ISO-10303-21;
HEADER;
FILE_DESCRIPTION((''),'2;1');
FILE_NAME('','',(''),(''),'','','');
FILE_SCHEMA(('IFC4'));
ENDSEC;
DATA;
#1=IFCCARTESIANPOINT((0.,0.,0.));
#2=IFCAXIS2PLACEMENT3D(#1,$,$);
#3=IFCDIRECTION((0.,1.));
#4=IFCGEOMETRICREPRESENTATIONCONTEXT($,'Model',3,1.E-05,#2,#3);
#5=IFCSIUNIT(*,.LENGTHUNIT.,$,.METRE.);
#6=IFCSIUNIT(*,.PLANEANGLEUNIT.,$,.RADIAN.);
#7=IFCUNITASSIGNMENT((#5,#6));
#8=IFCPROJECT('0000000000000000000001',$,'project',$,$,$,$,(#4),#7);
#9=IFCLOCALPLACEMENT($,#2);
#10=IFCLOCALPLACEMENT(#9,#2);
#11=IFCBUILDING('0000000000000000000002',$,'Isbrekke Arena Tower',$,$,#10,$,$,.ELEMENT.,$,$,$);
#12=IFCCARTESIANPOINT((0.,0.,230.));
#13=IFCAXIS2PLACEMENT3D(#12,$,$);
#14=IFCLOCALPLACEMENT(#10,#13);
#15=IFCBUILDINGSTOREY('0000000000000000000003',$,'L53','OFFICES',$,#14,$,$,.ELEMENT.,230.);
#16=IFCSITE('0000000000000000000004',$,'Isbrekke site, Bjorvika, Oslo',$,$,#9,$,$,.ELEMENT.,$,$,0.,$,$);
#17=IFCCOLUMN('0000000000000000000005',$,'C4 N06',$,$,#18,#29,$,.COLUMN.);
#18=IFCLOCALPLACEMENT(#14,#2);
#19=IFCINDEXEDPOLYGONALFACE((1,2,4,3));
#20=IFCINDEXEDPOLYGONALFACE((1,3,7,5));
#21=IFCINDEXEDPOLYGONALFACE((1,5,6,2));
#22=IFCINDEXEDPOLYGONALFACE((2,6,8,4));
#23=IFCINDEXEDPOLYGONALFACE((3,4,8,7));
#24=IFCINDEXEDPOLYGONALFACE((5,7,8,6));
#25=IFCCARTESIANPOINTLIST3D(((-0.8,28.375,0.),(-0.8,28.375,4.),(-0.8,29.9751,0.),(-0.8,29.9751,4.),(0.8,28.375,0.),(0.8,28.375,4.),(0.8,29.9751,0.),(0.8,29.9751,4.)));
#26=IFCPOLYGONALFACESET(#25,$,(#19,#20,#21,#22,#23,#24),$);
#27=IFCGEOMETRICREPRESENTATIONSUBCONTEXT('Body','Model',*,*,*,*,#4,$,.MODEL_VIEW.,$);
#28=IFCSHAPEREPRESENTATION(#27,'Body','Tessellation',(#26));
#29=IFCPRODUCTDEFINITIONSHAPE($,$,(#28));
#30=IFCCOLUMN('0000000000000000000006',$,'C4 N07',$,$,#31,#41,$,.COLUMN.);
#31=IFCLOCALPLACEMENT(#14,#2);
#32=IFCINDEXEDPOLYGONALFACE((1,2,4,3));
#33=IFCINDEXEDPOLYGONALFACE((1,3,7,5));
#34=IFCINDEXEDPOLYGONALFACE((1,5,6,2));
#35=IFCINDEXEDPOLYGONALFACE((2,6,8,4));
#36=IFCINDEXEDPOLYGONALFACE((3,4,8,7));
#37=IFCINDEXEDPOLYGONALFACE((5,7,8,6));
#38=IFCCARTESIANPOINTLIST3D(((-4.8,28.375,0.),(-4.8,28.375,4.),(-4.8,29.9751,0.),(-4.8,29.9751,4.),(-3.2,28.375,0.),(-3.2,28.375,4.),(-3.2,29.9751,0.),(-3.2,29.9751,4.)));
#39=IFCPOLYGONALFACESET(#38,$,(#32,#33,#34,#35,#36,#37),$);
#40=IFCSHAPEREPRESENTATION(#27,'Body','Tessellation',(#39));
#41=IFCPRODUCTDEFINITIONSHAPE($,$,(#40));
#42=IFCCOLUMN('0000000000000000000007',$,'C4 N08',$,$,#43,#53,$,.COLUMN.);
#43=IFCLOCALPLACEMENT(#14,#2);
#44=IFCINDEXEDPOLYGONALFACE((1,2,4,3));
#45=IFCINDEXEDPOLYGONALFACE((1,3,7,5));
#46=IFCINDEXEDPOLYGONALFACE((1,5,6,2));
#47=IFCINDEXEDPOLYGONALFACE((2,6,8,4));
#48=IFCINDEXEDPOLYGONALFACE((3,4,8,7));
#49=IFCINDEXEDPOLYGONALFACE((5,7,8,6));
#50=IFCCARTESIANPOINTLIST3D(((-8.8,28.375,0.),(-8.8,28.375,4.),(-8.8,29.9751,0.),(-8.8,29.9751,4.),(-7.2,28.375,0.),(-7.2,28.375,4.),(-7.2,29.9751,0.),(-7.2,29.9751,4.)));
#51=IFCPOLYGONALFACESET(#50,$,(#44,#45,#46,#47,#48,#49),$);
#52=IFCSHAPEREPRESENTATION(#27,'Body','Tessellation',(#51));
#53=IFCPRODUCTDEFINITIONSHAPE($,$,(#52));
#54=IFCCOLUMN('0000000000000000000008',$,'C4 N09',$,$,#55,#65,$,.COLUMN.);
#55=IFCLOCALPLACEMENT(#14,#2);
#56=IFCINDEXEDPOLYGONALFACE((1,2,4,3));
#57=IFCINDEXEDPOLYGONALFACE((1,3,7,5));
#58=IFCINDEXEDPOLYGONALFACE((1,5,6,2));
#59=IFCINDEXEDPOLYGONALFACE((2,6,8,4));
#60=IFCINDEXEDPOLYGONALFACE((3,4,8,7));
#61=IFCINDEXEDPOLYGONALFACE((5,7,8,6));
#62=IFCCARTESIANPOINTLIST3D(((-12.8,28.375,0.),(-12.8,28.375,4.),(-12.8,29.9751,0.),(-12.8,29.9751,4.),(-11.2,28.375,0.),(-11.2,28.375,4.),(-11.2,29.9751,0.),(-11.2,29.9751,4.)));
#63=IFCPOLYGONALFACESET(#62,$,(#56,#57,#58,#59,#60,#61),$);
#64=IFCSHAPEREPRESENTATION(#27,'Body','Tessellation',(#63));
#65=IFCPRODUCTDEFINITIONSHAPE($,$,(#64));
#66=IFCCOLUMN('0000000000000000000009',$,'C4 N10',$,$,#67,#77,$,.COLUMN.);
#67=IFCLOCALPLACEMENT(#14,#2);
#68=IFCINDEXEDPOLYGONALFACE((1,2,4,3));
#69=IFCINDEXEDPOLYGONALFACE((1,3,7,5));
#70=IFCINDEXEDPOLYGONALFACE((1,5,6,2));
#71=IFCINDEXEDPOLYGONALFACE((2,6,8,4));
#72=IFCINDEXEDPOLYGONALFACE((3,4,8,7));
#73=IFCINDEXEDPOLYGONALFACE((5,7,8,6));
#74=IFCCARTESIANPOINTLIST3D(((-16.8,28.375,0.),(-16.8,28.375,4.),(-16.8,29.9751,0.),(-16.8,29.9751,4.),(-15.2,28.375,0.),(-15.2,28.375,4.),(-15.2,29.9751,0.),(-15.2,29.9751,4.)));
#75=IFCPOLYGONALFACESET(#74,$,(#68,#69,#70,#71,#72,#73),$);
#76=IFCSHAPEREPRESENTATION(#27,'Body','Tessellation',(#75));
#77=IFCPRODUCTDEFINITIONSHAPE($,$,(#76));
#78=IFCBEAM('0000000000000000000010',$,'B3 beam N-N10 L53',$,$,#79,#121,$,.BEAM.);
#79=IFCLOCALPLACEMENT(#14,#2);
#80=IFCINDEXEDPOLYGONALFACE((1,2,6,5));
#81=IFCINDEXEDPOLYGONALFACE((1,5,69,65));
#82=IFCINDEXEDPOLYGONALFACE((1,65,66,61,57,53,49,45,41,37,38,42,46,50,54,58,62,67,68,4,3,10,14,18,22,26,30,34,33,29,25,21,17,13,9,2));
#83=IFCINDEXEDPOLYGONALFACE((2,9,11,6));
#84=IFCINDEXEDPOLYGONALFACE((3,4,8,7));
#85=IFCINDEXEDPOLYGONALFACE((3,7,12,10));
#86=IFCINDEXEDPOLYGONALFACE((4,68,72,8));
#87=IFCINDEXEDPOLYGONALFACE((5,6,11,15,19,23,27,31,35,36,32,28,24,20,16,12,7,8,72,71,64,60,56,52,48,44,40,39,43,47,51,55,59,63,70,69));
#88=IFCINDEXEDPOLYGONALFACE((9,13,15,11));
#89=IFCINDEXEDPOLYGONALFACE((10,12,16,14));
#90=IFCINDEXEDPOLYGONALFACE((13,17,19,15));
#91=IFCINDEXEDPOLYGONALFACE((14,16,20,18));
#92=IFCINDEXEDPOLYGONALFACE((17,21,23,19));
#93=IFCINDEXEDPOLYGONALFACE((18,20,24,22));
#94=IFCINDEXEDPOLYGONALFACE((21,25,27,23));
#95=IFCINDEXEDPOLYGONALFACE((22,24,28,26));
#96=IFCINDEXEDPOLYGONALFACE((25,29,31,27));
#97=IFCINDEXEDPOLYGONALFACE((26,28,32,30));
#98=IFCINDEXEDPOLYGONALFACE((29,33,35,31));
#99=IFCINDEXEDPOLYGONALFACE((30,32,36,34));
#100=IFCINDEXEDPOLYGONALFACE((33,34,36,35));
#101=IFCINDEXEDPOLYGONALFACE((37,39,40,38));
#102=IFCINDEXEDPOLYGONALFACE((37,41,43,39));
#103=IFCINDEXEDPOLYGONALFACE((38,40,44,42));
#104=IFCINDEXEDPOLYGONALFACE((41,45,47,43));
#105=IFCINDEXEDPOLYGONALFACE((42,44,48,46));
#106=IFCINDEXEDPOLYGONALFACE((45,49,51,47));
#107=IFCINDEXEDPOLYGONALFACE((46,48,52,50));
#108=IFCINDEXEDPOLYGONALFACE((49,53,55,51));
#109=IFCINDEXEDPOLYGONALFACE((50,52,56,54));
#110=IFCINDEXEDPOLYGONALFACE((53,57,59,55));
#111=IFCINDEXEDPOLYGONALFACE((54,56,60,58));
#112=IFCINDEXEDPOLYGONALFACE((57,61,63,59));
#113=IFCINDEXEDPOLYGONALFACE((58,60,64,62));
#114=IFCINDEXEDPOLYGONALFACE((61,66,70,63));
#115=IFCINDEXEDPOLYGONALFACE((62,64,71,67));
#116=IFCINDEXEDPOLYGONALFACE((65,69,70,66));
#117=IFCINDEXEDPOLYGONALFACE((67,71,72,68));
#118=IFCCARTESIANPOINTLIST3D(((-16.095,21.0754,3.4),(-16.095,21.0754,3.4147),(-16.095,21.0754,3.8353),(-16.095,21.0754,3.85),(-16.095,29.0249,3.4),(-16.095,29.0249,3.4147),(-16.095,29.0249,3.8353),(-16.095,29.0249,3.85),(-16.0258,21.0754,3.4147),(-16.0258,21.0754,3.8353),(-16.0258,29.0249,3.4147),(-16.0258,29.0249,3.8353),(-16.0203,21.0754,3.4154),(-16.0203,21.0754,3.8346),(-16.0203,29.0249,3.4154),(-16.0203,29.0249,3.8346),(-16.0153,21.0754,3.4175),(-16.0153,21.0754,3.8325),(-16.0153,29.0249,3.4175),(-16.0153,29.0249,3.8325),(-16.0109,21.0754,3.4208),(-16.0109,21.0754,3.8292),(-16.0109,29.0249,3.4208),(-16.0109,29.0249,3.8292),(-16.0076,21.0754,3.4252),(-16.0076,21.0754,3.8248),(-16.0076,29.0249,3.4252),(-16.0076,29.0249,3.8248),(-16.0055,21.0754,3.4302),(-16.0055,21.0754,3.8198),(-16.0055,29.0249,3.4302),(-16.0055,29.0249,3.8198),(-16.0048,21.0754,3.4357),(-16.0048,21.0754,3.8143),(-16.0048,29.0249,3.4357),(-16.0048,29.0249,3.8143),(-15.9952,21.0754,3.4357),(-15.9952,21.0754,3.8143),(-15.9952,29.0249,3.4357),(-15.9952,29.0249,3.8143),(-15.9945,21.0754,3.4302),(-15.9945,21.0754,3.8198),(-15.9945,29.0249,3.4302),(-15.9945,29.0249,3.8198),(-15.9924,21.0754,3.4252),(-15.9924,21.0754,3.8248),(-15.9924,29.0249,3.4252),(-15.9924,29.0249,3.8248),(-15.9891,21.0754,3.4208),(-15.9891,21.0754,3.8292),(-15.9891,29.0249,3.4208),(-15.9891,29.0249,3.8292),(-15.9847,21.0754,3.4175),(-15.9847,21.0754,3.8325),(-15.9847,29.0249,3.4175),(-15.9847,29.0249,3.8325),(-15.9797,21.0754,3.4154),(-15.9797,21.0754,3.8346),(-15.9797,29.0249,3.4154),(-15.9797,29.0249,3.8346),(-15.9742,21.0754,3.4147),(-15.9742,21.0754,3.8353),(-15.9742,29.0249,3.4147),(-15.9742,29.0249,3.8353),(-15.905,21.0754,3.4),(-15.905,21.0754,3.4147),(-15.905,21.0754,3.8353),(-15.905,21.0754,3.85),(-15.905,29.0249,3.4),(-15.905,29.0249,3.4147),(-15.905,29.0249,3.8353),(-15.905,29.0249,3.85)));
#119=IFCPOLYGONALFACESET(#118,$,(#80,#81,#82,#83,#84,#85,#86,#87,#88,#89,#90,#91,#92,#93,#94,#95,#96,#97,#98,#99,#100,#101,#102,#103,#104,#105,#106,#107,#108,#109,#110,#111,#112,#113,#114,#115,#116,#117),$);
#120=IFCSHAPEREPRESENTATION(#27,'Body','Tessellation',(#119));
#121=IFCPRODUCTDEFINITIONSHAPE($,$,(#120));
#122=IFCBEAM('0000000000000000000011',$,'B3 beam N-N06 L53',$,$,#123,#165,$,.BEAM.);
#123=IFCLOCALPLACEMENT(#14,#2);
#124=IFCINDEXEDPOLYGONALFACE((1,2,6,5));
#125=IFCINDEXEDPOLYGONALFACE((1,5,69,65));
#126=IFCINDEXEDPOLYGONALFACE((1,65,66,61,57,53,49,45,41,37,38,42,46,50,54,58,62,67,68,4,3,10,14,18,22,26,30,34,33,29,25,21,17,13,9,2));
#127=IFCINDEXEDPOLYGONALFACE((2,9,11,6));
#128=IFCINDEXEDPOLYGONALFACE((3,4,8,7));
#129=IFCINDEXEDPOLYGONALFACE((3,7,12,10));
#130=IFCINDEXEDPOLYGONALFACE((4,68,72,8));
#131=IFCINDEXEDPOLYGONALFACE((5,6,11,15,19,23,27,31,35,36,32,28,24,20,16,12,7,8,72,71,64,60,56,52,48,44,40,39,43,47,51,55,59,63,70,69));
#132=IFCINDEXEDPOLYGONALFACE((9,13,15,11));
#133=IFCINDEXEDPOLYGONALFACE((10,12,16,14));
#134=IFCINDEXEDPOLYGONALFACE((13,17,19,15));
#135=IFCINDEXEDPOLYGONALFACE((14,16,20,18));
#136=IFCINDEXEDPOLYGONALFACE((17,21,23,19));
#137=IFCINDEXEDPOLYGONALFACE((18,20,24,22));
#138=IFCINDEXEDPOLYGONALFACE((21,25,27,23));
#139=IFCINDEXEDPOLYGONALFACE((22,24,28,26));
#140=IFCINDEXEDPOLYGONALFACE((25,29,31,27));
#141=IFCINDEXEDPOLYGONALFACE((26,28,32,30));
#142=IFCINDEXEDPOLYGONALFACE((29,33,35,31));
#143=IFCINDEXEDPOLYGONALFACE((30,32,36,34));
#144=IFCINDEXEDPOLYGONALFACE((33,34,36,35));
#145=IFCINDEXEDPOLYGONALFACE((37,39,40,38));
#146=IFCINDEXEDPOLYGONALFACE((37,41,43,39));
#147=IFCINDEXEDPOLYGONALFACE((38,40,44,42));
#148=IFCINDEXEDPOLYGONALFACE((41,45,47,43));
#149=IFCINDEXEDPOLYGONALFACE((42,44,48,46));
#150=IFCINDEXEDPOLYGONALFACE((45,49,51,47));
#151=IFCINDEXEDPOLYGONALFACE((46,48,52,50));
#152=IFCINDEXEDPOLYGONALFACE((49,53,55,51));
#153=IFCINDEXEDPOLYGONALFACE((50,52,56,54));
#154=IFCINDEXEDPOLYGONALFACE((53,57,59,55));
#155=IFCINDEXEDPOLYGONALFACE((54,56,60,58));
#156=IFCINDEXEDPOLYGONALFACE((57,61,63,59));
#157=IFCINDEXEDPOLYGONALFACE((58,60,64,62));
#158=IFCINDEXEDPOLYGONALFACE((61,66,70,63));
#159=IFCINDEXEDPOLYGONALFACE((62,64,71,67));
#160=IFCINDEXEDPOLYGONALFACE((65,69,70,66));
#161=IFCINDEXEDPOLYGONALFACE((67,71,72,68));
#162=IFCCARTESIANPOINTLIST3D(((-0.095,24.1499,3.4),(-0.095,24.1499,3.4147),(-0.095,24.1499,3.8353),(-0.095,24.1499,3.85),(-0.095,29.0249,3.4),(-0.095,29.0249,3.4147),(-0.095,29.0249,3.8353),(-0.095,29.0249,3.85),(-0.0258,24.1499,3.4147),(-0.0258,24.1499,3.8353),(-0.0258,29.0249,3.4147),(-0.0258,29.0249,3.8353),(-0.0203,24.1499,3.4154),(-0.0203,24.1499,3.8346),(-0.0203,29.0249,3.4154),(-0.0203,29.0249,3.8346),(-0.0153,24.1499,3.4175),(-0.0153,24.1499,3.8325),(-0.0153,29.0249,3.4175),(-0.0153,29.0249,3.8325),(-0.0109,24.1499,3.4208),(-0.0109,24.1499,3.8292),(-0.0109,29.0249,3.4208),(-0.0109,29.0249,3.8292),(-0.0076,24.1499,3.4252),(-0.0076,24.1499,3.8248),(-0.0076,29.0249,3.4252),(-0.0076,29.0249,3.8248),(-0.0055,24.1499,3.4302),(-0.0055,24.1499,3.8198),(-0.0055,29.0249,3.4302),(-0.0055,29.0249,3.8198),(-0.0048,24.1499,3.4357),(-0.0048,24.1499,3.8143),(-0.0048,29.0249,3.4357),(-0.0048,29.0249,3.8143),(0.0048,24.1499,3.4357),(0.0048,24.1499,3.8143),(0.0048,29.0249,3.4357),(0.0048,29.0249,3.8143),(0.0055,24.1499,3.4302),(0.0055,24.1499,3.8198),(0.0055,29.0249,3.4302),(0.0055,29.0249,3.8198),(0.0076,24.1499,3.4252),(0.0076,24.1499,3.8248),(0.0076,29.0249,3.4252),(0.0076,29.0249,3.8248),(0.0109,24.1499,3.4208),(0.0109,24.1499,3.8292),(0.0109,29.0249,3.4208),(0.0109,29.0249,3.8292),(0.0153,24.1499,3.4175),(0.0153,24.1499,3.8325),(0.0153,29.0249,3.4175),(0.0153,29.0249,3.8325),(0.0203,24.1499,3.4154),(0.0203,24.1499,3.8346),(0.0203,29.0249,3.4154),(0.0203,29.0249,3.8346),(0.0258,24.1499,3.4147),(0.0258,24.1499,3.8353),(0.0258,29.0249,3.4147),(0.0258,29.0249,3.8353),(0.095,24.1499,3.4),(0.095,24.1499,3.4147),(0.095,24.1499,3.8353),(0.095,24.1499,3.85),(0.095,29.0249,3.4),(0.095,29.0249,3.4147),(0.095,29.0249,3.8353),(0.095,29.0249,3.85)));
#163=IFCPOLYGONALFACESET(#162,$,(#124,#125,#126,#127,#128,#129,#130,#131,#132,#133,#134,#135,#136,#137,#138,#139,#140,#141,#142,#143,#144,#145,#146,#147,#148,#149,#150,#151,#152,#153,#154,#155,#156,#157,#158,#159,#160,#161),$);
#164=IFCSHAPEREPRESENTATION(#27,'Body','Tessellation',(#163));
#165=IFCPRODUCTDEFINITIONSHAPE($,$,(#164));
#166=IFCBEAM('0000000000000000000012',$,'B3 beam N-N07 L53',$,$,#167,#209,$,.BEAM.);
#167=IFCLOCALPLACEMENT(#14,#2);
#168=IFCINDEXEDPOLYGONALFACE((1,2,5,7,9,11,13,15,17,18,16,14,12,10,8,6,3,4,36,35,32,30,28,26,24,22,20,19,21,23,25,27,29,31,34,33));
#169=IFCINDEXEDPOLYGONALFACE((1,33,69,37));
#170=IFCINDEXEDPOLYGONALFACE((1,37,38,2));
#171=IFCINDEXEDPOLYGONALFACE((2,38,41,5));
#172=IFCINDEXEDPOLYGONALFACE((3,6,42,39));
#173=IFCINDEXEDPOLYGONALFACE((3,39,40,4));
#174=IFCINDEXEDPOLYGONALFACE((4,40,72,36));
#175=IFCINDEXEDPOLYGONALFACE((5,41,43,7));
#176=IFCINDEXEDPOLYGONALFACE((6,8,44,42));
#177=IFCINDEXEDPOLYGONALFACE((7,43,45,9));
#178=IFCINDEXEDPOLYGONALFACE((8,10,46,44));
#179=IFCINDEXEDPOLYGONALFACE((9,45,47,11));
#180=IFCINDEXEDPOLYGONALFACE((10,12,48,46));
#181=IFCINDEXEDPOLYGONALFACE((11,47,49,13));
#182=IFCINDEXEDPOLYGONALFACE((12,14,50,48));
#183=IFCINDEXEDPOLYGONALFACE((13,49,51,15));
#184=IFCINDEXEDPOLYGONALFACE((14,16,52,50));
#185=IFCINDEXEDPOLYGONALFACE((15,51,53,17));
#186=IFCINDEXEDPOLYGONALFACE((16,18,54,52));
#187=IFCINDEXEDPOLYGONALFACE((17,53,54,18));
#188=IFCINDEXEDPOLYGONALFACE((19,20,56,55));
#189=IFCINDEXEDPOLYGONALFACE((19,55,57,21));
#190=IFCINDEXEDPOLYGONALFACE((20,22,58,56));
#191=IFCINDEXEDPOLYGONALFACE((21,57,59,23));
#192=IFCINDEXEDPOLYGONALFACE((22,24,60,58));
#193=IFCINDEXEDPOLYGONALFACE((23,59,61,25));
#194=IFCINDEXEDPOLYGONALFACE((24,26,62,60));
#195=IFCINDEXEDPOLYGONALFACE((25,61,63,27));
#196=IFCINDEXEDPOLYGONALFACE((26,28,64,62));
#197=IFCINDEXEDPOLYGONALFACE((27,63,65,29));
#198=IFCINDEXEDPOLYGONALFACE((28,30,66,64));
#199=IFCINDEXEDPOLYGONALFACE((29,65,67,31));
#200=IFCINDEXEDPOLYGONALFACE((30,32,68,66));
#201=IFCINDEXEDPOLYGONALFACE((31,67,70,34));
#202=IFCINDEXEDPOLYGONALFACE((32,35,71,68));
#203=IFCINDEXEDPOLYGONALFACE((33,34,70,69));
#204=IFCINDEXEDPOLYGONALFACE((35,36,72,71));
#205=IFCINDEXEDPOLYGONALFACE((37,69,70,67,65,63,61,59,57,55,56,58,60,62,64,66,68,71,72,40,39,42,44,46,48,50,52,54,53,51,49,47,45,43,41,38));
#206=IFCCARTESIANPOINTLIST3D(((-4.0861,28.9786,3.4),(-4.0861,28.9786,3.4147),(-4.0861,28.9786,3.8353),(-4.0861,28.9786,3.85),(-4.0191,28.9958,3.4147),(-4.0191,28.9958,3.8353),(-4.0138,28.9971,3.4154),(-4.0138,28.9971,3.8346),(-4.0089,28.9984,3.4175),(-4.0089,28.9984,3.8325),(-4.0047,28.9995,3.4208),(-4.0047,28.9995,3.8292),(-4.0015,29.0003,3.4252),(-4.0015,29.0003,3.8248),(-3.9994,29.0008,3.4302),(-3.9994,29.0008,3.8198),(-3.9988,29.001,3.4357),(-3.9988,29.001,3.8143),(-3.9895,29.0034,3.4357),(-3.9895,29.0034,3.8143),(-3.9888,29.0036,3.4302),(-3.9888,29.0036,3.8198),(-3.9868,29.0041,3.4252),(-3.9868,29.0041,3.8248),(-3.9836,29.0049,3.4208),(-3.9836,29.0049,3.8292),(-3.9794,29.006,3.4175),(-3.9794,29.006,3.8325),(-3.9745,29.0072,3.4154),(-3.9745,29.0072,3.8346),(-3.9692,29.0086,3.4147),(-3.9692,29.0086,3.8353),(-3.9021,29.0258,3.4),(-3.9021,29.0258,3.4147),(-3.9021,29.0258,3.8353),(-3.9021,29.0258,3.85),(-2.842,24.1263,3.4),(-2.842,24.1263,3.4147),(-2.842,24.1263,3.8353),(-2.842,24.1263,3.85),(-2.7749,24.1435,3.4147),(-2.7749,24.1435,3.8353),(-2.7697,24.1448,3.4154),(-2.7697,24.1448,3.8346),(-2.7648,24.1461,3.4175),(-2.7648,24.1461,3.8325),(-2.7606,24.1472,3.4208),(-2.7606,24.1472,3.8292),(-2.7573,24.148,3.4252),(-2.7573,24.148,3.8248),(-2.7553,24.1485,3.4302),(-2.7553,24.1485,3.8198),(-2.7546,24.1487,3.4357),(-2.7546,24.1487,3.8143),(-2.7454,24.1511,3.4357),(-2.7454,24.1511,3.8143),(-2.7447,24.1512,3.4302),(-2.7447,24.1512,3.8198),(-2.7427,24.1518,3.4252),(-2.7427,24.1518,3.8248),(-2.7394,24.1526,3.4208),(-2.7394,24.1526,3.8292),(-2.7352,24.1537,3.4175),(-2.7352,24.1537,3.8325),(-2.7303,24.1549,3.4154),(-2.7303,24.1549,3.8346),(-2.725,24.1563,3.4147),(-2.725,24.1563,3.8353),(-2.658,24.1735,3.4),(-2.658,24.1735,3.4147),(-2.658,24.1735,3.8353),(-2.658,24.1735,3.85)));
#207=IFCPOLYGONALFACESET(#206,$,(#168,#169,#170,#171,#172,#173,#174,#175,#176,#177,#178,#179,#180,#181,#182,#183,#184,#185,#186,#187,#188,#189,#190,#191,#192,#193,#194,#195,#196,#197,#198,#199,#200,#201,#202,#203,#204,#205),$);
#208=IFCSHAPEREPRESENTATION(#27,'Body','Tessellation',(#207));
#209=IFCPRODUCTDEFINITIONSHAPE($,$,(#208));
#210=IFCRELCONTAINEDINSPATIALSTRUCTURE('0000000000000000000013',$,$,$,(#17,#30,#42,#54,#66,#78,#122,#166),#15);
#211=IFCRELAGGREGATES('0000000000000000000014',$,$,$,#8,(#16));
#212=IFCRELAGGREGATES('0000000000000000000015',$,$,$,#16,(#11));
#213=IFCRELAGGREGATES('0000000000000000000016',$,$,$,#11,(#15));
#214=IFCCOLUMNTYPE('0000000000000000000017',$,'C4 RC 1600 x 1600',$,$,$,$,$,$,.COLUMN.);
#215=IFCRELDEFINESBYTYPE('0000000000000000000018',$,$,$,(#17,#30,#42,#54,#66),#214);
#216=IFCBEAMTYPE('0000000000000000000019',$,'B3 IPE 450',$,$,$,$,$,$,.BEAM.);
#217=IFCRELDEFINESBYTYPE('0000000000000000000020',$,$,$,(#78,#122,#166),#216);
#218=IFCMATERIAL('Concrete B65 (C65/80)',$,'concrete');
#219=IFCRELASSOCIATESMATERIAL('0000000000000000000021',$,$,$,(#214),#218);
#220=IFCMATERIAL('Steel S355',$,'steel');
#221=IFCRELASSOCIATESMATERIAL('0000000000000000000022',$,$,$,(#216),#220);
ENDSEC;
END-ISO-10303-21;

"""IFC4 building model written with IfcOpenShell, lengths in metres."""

from ifc_helpers import new_model, si_unit, direction, frame, origin, origin_2d, place, context, subcontext, project, spatial, rectangle, i_section, extrude, material, material_profile, profile_set, type_object, element, save


model = new_model("IFC4")

# Units and contexts
model_context = context("Model", 3, precision=1e-05, world=origin(), true_north=direction((0.0, 1.0)))
body_context = subcontext(model_context, "Body", "Model", "MODEL_VIEW")
ifc_project = project(units=[si_unit("LENGTHUNIT", "METRE"), si_unit("PLANEANGLEUNIT", "RADIAN")], contexts=[model_context])

# Site, building, storey
site_placement = place(None, origin())
site = spatial("IfcSite", under=ifc_project, at=site_placement, Name="Isbrekke site, Bjorvika, Oslo", CompositionType="ELEMENT", RefElevation=0.0)
building_placement = place(site_placement, origin())
building = spatial("IfcBuilding", under=site, at=building_placement, Name="Isbrekke Arena Tower", CompositionType="ELEMENT")
storey_placement = place(building_placement, frame((0.0, 0.0, 230.0)))
storey = spatial("IfcBuildingStorey", under=building, at=storey_placement, Name="L53", Description="OFFICES", CompositionType="ELEMENT", Elevation=230.0)

# Columns
ifc_material_1 = material(Name="Concrete B65 (C65/80)", Category="concrete")
ifc_material_profile_1 = material_profile(ifc_material_1, rectangle(XDim=1.6001, YDim=1.6001, at=origin_2d()), Name="RC 1600x1600")
ifc_profile_set_1 = profile_set([ifc_material_profile_1], Name="Concrete B65 (C65/80)")
column_type = type_object("IfcColumnType", Name="C4 RC 1600 x 1600", PredefinedType="COLUMN", material=ifc_profile_set_1)
for number, where, z_axis, x_axis, name in (
    (1, (0.0, 29.175, 0.0), (0.0, 0.0, 1.0), (-1.0, 0.0, 0.0), "C4 N06"),
    (2, (-4.0, 29.175, 0.0), (0.0, 0.0, 1.0), (-1.0, 0.0, 0.0), "C4 N07"),
    (3, (-8.0, 29.175, 0.0), (0.0, 0.0, 1.0), (-1.0, 0.0, 0.0), "C4 N08"),
    (4, (-12.0, 29.175, 0.0), (0.0, 0.0, 1.0), (-1.0, 0.0, 0.0), "C4 N09"),
    (5, (-16.0, 29.175, 0.0), (0.0, 0.0, 1.0), (-1.0, 0.0, 0.0), "C4 N10"),
):
    element("IfcColumn", number, at=place(storey_placement, frame(where, z_axis=z_axis, x_axis=x_axis)), inside=storey, type_object=column_type, Name=name, PredefinedType="COLUMN", context=body_context, shape_type="SweptSolid", body=[
        extrude(rectangle(XDim=1.6001, YDim=1.6001, at=origin_2d()), origin(), (0.0, 0.0, 1.0), 4.0),
    ])

# Beams
ifc_material_2 = material(Name="Steel S355", Category="steel")
ifc_material_profile_2 = material_profile(ifc_material_2, i_section(OverallWidth=0.1899, OverallDepth=0.45, WebThickness=0.0095, FlangeThickness=0.0146, FilletRadius=0.021, at=origin_2d()), Name="IPE 450")
ifc_profile_set_2 = profile_set([ifc_material_profile_2], Name="Steel S355")
beam_type_1 = type_object("IfcBeamType", Name="B3 IPE 450", PredefinedType="BEAM", material=ifc_profile_set_2)
beam_1_placement = place(storey_placement, frame((-16.0, 29.0249, 3.625), z_axis=(0.0, -1.0, 0.0), x_axis=(1.0, 0.0, 0.0)))
element("IfcBeam", 6, at=beam_1_placement, inside=storey, type_object=beam_type_1, Name="B3 beam N-N10 L53", PredefinedType="BEAM", context=body_context, shape_type="SweptSolid", body=[
    extrude(i_section(OverallWidth=0.1899, OverallDepth=0.45, WebThickness=0.0095, FlangeThickness=0.0146, FilletRadius=0.021, at=origin_2d()), origin(), (0.0, 0.0, 1.0), 7.9495),
])
beam_2_placement = place(storey_placement, frame((0.0, 29.0249, 3.625), z_axis=(0.0, -1.0, 0.0), x_axis=(1.0, 0.0, 0.0)))
element("IfcBeam", 7, at=beam_2_placement, inside=storey, type_object=beam_type_1, Name="B3 beam N-N06 L53", PredefinedType="BEAM", context=body_context, shape_type="SweptSolid", body=[
    extrude(i_section(OverallWidth=0.1899, OverallDepth=0.45, WebThickness=0.0095, FlangeThickness=0.0146, FilletRadius=0.021, at=origin_2d()), origin(), (0.0, 0.0, 1.0), 4.875),
])
beam_3_placement = place(storey_placement, frame((-3.9941, 29.0022, 3.625), z_axis=(0.248368, -0.968666, 0.0), x_axis=(0.968666, 0.248368, 0.0)))
element("IfcBeam", 8, at=beam_3_placement, inside=storey, type_object=beam_type_1, Name="B3 beam N-N07 L53", PredefinedType="BEAM", context=body_context, shape_type="SweptSolid", body=[
    extrude(i_section(OverallWidth=0.1899, OverallDepth=0.45, WebThickness=0.0095, FlangeThickness=0.0146, FilletRadius=0.021, at=origin_2d()), origin(), (0.0, 0.0, 1.0), 5.0093),
])

save(model, "model.ifc")
